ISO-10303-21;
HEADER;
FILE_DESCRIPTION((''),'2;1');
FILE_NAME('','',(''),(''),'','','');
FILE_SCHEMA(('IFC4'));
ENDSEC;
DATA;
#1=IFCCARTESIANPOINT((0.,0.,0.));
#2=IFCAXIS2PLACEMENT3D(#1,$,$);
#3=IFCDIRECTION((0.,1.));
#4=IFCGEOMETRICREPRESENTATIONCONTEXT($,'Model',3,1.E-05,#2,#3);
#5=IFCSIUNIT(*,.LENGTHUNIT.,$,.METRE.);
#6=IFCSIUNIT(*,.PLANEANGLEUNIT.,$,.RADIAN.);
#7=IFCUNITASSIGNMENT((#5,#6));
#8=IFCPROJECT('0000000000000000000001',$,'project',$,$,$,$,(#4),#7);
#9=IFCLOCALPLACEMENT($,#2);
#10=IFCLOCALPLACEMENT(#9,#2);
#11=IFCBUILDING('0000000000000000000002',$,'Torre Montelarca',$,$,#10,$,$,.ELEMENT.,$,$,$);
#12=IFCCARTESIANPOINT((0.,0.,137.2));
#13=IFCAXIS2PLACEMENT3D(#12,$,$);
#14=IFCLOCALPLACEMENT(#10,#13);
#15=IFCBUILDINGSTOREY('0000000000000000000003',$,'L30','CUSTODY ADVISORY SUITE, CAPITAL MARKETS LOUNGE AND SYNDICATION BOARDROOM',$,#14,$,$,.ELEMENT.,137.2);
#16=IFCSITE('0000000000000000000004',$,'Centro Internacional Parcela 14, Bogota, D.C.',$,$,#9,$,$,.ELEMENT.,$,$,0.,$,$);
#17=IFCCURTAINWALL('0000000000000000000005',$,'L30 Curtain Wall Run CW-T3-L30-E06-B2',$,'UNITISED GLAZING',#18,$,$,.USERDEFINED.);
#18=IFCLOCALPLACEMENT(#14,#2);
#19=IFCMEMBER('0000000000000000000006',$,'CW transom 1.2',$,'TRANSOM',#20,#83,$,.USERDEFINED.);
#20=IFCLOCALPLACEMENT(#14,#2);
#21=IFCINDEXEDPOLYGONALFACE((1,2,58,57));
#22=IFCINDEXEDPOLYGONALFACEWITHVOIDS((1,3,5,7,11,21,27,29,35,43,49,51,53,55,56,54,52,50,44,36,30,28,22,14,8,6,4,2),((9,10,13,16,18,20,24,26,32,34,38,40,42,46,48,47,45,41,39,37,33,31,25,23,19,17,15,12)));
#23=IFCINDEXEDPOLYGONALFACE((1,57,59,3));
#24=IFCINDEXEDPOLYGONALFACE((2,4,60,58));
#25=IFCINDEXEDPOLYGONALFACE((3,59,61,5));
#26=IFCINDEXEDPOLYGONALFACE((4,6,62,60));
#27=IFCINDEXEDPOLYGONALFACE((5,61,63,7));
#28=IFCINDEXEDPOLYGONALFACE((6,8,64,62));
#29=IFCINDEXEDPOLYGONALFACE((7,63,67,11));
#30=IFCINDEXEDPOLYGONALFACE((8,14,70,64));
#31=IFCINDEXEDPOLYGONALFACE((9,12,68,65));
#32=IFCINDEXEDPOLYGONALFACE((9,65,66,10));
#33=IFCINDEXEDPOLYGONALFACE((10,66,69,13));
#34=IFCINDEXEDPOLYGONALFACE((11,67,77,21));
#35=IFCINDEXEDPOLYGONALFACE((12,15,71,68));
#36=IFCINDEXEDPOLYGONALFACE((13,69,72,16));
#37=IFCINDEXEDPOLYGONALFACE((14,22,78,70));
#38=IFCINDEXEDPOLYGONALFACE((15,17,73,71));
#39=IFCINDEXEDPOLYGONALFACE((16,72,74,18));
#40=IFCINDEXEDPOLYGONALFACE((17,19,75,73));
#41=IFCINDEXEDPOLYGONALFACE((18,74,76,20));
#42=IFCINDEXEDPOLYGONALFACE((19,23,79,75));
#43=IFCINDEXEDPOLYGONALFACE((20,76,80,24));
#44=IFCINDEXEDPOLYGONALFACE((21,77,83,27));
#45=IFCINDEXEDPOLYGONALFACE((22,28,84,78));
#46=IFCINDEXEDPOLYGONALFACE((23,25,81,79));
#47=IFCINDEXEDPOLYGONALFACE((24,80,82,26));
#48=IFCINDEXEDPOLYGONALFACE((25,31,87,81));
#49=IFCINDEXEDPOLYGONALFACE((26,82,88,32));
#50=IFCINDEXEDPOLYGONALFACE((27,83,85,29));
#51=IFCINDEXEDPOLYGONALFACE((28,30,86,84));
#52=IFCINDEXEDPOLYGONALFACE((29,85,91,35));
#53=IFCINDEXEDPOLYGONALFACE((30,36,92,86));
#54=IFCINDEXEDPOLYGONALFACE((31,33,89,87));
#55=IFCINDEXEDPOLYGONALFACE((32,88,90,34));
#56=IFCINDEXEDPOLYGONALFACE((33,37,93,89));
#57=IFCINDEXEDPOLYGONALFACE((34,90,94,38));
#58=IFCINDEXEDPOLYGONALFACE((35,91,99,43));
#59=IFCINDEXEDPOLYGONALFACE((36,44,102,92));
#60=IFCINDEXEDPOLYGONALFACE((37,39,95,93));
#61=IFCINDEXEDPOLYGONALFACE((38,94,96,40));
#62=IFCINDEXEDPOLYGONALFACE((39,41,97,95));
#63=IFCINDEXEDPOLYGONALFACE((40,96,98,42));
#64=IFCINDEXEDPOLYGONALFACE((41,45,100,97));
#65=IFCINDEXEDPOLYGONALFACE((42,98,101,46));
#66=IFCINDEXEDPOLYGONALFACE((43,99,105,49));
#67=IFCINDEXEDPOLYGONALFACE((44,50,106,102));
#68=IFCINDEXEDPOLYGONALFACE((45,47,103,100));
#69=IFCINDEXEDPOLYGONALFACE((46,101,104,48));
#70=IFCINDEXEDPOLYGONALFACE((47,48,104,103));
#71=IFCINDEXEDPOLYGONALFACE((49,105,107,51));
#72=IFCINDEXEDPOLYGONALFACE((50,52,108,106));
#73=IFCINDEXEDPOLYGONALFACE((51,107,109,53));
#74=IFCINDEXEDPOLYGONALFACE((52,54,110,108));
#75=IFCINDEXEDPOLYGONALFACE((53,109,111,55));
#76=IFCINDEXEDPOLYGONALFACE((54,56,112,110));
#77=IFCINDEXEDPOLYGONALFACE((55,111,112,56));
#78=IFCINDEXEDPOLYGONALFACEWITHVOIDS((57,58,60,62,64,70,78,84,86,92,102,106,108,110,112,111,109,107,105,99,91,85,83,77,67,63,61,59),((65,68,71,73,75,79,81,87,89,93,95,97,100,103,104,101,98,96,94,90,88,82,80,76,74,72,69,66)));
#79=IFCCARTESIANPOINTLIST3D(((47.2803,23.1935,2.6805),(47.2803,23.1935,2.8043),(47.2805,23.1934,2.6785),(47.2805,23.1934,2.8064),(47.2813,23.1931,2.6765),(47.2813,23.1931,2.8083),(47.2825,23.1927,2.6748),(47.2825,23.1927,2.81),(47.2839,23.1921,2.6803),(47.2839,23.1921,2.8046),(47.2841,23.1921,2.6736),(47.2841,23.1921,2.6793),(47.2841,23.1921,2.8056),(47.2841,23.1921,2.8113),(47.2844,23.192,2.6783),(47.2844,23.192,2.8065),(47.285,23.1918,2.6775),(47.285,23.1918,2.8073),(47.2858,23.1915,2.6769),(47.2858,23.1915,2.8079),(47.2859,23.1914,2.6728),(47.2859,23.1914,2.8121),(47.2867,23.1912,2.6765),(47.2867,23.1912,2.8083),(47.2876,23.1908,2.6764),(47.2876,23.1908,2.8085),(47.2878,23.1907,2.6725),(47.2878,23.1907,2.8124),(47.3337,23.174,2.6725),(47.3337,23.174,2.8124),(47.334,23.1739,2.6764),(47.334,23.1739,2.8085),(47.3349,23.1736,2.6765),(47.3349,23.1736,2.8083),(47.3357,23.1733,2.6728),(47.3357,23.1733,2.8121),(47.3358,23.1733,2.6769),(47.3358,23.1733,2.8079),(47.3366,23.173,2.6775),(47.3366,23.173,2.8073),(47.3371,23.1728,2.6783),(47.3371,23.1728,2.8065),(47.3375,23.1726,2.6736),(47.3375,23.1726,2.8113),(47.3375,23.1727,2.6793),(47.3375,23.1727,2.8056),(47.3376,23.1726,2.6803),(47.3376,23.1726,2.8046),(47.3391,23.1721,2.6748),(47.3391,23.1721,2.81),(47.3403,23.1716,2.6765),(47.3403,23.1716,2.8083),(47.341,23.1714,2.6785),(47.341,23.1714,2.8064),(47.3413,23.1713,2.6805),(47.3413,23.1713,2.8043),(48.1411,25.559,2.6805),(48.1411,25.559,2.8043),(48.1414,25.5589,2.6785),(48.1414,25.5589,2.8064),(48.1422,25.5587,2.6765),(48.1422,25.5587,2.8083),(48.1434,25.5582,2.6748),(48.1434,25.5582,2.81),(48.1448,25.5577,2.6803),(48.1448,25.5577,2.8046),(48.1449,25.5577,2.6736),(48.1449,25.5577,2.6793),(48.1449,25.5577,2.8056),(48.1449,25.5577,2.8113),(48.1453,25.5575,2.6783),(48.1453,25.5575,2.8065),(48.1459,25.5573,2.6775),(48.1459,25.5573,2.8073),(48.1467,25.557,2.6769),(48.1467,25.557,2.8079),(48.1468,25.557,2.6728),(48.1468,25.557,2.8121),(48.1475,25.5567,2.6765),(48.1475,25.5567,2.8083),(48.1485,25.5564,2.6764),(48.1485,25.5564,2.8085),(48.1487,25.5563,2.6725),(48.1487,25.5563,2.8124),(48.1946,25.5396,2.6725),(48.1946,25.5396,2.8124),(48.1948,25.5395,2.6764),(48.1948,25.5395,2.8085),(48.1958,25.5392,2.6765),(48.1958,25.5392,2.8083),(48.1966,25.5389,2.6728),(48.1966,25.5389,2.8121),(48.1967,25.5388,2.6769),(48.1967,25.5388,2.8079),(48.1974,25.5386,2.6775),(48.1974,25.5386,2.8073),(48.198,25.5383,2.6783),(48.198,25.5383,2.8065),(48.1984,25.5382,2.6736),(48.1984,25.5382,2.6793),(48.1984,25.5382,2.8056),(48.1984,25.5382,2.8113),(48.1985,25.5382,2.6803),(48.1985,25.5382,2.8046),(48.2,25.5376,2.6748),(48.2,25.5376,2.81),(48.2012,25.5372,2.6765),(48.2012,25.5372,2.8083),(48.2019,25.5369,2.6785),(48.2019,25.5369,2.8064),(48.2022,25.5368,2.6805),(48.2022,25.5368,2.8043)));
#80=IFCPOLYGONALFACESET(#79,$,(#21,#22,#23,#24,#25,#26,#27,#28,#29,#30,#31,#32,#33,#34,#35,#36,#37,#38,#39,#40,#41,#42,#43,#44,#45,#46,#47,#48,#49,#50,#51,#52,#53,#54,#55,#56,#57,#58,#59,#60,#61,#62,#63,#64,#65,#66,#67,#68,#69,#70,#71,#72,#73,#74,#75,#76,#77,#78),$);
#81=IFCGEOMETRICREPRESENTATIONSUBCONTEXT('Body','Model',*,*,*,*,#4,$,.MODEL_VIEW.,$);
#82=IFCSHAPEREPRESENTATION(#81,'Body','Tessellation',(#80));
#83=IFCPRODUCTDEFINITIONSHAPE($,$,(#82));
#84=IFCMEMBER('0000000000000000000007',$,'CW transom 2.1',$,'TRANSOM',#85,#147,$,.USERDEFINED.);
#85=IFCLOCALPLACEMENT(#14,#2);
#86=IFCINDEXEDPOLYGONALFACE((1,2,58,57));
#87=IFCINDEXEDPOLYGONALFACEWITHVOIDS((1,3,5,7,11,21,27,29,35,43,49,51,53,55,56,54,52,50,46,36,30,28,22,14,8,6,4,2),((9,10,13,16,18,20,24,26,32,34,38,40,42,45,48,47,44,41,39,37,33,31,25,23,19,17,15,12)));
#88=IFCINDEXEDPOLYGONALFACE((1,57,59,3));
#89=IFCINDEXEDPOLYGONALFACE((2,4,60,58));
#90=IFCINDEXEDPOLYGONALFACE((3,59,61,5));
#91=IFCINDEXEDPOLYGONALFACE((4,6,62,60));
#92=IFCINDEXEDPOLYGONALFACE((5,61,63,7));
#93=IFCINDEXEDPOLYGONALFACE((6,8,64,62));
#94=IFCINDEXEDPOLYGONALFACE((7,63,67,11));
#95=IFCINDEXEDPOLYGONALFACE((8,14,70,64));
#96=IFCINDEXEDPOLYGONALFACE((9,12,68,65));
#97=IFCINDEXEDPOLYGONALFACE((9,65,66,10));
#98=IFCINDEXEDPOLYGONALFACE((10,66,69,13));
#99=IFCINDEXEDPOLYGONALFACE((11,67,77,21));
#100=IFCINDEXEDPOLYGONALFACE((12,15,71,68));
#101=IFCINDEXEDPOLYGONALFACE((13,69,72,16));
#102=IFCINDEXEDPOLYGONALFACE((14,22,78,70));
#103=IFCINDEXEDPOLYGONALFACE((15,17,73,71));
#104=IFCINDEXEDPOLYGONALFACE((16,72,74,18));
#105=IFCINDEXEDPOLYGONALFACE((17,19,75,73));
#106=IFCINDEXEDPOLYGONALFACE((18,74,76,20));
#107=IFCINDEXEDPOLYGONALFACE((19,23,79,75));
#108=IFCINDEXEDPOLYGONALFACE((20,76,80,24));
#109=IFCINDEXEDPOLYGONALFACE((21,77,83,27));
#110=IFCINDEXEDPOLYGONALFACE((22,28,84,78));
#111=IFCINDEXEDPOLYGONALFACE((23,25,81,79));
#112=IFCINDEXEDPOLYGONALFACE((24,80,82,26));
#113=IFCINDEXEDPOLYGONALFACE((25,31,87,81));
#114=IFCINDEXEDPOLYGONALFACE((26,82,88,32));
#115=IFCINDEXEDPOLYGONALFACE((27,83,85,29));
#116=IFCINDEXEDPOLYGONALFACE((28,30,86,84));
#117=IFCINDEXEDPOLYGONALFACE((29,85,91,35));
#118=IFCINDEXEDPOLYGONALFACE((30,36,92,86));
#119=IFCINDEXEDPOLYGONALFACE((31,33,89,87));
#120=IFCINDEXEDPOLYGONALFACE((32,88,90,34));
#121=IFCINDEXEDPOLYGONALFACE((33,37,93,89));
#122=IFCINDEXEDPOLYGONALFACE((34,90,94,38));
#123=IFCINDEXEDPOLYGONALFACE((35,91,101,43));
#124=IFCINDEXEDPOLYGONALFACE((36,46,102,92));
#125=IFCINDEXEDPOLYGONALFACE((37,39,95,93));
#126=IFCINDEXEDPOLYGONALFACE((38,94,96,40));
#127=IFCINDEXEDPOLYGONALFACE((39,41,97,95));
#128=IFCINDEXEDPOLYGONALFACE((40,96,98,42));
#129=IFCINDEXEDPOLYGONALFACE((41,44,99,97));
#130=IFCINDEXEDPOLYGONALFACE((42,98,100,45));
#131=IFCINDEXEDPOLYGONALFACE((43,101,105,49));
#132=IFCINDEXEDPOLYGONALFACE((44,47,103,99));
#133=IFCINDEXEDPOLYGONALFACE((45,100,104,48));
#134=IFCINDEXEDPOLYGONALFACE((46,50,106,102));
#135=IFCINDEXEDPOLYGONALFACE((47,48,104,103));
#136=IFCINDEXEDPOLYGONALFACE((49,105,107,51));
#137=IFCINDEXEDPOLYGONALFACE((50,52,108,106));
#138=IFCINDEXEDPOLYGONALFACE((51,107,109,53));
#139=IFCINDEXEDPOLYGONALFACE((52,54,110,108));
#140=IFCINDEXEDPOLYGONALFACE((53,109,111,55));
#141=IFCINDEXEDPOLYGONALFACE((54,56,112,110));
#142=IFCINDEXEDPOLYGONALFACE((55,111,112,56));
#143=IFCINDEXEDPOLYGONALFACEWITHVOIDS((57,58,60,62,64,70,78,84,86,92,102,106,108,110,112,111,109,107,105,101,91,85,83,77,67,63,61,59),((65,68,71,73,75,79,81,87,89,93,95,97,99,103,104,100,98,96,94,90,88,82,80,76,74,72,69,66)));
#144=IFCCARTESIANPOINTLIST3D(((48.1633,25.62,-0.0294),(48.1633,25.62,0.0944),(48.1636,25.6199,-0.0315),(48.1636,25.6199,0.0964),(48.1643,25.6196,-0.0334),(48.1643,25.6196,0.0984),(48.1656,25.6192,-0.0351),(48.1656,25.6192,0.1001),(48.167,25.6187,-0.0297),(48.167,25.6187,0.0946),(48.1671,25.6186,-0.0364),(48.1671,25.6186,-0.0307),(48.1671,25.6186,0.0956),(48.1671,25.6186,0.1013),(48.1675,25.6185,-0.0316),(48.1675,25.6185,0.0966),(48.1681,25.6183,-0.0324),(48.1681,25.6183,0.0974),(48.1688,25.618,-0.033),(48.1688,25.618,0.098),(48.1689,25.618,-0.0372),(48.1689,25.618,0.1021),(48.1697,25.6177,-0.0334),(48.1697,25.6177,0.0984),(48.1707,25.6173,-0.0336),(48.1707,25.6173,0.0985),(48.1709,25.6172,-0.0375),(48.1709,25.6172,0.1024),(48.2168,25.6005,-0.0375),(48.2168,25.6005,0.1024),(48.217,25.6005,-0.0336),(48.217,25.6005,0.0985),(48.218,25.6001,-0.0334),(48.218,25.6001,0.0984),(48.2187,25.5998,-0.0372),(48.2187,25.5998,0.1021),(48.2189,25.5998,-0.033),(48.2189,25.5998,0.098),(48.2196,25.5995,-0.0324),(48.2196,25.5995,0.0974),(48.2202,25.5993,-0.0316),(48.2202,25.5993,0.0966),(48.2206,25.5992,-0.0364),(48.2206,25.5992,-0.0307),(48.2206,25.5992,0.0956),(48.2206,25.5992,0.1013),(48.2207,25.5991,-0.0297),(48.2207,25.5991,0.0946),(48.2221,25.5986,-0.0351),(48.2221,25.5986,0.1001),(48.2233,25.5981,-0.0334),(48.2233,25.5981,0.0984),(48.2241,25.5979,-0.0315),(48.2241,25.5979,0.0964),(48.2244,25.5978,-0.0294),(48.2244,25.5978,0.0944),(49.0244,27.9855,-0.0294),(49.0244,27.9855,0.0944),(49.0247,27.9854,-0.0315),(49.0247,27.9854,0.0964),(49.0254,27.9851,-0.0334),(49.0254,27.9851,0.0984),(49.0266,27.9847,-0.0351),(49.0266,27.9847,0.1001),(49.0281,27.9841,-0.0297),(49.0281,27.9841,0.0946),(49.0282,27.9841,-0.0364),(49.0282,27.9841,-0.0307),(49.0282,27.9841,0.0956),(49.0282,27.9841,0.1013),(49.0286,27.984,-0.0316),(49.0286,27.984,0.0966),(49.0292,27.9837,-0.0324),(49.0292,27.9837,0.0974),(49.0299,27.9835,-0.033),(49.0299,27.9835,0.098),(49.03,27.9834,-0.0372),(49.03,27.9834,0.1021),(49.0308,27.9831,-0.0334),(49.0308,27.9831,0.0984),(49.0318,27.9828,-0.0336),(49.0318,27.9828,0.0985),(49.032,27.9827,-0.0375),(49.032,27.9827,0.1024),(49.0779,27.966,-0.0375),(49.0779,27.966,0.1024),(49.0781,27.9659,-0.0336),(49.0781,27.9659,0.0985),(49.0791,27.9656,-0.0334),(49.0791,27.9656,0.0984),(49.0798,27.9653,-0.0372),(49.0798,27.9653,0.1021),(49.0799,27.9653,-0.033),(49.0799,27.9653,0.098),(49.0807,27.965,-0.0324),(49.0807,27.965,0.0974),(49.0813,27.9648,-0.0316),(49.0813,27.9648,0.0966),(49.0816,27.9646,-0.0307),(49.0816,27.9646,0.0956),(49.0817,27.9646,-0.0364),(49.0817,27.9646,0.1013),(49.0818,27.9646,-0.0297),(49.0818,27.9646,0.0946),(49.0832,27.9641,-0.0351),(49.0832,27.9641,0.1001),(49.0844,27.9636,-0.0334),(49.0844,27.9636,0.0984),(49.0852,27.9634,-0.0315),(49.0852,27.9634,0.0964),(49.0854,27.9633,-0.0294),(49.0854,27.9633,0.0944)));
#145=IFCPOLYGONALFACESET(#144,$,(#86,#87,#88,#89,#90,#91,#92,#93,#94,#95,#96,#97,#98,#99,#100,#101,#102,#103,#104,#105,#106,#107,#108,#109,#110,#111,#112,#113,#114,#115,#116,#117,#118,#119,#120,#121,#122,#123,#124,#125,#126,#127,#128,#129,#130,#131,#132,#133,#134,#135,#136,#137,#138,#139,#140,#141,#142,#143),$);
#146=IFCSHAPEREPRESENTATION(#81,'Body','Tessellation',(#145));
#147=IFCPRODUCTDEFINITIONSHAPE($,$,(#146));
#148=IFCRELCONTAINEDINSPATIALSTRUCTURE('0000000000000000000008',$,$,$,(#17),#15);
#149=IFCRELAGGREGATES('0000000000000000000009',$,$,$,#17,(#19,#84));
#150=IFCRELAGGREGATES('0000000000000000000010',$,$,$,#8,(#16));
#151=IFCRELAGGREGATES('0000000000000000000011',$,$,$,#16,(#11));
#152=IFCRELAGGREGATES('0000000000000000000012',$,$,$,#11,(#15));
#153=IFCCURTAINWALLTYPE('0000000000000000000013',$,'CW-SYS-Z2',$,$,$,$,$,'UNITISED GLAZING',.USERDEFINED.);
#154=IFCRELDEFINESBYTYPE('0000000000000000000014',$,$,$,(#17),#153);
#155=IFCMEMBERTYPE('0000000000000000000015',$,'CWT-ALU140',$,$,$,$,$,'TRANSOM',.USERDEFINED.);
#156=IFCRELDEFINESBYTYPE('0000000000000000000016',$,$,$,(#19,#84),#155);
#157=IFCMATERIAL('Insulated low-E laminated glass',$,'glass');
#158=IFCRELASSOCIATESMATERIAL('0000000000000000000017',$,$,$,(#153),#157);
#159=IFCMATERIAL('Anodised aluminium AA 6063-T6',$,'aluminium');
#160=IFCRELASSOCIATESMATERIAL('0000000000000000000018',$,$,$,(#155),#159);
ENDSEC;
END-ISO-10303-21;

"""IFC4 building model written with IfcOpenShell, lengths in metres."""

from ifc_helpers import new_model, si_unit, direction, frame, origin, origin_2d, place, context, subcontext, project, spatial, hollow_rectangle, extrude, source, transform, mapped, material, material_profile, profile_set, type_object, element, aggregate, save


model = new_model("IFC4")

# Units and contexts
model_context = context("Model", 3, precision=1e-05, world=origin(), true_north=direction((0.0, 1.0)))
body_context = subcontext(model_context, "Body", "Model", "MODEL_VIEW")
ifc_project = project(units=[si_unit("LENGTHUNIT", "METRE"), si_unit("PLANEANGLEUNIT", "RADIAN")], contexts=[model_context])

# Site, building, storey
site_placement = place(None, origin())
site = spatial("IfcSite", under=ifc_project, at=site_placement, Name="Centro Internacional Parcela 14, Bogota, D.C.", CompositionType="ELEMENT", RefElevation=0.0)
building_placement = place(site_placement, origin())
building = spatial("IfcBuilding", under=site, at=building_placement, Name="Torre Montelarca", CompositionType="ELEMENT")
storey_placement = place(building_placement, frame((0.0, 0.0, 137.2)))
storey = spatial("IfcBuildingStorey", under=building, at=storey_placement, Name="L30", Description="CUSTODY ADVISORY SUITE, CAPITAL MARKETS LOUNGE AND SYNDICATION BOARDROOM", CompositionType="ELEMENT", Elevation=137.2)

# Curtain wall
ifc_material_1 = material(Name="Insulated low-E laminated glass", Category="glass")
curtain_wall_type = type_object("IfcCurtainWallType", Name="CW-SYS-Z2", ElementType="UNITISED GLAZING", PredefinedType="USERDEFINED", material=ifc_material_1)
ifc_material_2 = material(Name="Anodised aluminium AA 6063-T6", Category="aluminium")
ifc_material_profile_1 = material_profile(ifc_material_2, hollow_rectangle(XDim=0.0649, YDim=0.1399, WallThickness=0.0039, InnerFilletRadius=0.0039, OuterFilletRadius=0.0081, at=origin_2d()), Name="ALU65X140X4", Category="aluminium")
ifc_profile_set_1 = profile_set([ifc_material_profile_1], Name="Anodised aluminium AA 6063-T6")
member_type_1 = type_object("IfcMemberType", Name="CWT-ALU140", ElementType="TRANSOM", PredefinedType="USERDEFINED", material=ifc_profile_set_1)
curtain_wall_1_placement = place(storey_placement, origin())
curtain_wall_1 = element("IfcCurtainWall", 1, at=curtain_wall_1_placement, inside=storey, type_object=curtain_wall_type, Name="L30 Curtain Wall Run CW-T3-L30-E06-B2", ObjectType="UNITISED GLAZING", PredefinedType="USERDEFINED")

# Members
shared_shape_1 = source(origin(), body_context, "Body", "SweptSolid", [
    extrude(hollow_rectangle(XDim=0.0649, YDim=0.1399, WallThickness=0.0039, InnerFilletRadius=0.0039, OuterFilletRadius=0.0081, at=origin_2d()), origin(), (0.0, 0.0, 1.0), 2.5173),
])
member_1_placement = place(storey_placement, frame((47.3108, 23.1824, 2.7424), z_axis=(0.341977, 0.939708, 0.0), x_axis=(-0.939708, 0.341977, 0.0)))
member_1 = element("IfcMember", 2, at=member_1_placement, type_object=member_type_1, Name="CW transom 1.2", ObjectType="TRANSOM", PredefinedType="USERDEFINED", context=body_context, shape_type="MappedRepresentation", body=[
    mapped(shared_shape_1, transform((0.0, 0.0, 0.0), scale=1.0)),
])
member_2_placement = place(storey_placement, frame((48.1938, 25.6089, 0.0325), z_axis=(0.342062, 0.939677, 0.0), x_axis=(-0.939677, 0.342062, 0.0)))
member_2 = element("IfcMember", 3, at=member_2_placement, type_object=member_type_1, Name="CW transom 2.1", ObjectType="TRANSOM", PredefinedType="USERDEFINED", context=body_context, shape_type="MappedRepresentation", body=[
    mapped(shared_shape_1, transform((0.0, 0.0, 0.0), scale=1.0)),
])

aggregate(curtain_wall_1, [member_1, member_2])

save(model, "model.ifc")
